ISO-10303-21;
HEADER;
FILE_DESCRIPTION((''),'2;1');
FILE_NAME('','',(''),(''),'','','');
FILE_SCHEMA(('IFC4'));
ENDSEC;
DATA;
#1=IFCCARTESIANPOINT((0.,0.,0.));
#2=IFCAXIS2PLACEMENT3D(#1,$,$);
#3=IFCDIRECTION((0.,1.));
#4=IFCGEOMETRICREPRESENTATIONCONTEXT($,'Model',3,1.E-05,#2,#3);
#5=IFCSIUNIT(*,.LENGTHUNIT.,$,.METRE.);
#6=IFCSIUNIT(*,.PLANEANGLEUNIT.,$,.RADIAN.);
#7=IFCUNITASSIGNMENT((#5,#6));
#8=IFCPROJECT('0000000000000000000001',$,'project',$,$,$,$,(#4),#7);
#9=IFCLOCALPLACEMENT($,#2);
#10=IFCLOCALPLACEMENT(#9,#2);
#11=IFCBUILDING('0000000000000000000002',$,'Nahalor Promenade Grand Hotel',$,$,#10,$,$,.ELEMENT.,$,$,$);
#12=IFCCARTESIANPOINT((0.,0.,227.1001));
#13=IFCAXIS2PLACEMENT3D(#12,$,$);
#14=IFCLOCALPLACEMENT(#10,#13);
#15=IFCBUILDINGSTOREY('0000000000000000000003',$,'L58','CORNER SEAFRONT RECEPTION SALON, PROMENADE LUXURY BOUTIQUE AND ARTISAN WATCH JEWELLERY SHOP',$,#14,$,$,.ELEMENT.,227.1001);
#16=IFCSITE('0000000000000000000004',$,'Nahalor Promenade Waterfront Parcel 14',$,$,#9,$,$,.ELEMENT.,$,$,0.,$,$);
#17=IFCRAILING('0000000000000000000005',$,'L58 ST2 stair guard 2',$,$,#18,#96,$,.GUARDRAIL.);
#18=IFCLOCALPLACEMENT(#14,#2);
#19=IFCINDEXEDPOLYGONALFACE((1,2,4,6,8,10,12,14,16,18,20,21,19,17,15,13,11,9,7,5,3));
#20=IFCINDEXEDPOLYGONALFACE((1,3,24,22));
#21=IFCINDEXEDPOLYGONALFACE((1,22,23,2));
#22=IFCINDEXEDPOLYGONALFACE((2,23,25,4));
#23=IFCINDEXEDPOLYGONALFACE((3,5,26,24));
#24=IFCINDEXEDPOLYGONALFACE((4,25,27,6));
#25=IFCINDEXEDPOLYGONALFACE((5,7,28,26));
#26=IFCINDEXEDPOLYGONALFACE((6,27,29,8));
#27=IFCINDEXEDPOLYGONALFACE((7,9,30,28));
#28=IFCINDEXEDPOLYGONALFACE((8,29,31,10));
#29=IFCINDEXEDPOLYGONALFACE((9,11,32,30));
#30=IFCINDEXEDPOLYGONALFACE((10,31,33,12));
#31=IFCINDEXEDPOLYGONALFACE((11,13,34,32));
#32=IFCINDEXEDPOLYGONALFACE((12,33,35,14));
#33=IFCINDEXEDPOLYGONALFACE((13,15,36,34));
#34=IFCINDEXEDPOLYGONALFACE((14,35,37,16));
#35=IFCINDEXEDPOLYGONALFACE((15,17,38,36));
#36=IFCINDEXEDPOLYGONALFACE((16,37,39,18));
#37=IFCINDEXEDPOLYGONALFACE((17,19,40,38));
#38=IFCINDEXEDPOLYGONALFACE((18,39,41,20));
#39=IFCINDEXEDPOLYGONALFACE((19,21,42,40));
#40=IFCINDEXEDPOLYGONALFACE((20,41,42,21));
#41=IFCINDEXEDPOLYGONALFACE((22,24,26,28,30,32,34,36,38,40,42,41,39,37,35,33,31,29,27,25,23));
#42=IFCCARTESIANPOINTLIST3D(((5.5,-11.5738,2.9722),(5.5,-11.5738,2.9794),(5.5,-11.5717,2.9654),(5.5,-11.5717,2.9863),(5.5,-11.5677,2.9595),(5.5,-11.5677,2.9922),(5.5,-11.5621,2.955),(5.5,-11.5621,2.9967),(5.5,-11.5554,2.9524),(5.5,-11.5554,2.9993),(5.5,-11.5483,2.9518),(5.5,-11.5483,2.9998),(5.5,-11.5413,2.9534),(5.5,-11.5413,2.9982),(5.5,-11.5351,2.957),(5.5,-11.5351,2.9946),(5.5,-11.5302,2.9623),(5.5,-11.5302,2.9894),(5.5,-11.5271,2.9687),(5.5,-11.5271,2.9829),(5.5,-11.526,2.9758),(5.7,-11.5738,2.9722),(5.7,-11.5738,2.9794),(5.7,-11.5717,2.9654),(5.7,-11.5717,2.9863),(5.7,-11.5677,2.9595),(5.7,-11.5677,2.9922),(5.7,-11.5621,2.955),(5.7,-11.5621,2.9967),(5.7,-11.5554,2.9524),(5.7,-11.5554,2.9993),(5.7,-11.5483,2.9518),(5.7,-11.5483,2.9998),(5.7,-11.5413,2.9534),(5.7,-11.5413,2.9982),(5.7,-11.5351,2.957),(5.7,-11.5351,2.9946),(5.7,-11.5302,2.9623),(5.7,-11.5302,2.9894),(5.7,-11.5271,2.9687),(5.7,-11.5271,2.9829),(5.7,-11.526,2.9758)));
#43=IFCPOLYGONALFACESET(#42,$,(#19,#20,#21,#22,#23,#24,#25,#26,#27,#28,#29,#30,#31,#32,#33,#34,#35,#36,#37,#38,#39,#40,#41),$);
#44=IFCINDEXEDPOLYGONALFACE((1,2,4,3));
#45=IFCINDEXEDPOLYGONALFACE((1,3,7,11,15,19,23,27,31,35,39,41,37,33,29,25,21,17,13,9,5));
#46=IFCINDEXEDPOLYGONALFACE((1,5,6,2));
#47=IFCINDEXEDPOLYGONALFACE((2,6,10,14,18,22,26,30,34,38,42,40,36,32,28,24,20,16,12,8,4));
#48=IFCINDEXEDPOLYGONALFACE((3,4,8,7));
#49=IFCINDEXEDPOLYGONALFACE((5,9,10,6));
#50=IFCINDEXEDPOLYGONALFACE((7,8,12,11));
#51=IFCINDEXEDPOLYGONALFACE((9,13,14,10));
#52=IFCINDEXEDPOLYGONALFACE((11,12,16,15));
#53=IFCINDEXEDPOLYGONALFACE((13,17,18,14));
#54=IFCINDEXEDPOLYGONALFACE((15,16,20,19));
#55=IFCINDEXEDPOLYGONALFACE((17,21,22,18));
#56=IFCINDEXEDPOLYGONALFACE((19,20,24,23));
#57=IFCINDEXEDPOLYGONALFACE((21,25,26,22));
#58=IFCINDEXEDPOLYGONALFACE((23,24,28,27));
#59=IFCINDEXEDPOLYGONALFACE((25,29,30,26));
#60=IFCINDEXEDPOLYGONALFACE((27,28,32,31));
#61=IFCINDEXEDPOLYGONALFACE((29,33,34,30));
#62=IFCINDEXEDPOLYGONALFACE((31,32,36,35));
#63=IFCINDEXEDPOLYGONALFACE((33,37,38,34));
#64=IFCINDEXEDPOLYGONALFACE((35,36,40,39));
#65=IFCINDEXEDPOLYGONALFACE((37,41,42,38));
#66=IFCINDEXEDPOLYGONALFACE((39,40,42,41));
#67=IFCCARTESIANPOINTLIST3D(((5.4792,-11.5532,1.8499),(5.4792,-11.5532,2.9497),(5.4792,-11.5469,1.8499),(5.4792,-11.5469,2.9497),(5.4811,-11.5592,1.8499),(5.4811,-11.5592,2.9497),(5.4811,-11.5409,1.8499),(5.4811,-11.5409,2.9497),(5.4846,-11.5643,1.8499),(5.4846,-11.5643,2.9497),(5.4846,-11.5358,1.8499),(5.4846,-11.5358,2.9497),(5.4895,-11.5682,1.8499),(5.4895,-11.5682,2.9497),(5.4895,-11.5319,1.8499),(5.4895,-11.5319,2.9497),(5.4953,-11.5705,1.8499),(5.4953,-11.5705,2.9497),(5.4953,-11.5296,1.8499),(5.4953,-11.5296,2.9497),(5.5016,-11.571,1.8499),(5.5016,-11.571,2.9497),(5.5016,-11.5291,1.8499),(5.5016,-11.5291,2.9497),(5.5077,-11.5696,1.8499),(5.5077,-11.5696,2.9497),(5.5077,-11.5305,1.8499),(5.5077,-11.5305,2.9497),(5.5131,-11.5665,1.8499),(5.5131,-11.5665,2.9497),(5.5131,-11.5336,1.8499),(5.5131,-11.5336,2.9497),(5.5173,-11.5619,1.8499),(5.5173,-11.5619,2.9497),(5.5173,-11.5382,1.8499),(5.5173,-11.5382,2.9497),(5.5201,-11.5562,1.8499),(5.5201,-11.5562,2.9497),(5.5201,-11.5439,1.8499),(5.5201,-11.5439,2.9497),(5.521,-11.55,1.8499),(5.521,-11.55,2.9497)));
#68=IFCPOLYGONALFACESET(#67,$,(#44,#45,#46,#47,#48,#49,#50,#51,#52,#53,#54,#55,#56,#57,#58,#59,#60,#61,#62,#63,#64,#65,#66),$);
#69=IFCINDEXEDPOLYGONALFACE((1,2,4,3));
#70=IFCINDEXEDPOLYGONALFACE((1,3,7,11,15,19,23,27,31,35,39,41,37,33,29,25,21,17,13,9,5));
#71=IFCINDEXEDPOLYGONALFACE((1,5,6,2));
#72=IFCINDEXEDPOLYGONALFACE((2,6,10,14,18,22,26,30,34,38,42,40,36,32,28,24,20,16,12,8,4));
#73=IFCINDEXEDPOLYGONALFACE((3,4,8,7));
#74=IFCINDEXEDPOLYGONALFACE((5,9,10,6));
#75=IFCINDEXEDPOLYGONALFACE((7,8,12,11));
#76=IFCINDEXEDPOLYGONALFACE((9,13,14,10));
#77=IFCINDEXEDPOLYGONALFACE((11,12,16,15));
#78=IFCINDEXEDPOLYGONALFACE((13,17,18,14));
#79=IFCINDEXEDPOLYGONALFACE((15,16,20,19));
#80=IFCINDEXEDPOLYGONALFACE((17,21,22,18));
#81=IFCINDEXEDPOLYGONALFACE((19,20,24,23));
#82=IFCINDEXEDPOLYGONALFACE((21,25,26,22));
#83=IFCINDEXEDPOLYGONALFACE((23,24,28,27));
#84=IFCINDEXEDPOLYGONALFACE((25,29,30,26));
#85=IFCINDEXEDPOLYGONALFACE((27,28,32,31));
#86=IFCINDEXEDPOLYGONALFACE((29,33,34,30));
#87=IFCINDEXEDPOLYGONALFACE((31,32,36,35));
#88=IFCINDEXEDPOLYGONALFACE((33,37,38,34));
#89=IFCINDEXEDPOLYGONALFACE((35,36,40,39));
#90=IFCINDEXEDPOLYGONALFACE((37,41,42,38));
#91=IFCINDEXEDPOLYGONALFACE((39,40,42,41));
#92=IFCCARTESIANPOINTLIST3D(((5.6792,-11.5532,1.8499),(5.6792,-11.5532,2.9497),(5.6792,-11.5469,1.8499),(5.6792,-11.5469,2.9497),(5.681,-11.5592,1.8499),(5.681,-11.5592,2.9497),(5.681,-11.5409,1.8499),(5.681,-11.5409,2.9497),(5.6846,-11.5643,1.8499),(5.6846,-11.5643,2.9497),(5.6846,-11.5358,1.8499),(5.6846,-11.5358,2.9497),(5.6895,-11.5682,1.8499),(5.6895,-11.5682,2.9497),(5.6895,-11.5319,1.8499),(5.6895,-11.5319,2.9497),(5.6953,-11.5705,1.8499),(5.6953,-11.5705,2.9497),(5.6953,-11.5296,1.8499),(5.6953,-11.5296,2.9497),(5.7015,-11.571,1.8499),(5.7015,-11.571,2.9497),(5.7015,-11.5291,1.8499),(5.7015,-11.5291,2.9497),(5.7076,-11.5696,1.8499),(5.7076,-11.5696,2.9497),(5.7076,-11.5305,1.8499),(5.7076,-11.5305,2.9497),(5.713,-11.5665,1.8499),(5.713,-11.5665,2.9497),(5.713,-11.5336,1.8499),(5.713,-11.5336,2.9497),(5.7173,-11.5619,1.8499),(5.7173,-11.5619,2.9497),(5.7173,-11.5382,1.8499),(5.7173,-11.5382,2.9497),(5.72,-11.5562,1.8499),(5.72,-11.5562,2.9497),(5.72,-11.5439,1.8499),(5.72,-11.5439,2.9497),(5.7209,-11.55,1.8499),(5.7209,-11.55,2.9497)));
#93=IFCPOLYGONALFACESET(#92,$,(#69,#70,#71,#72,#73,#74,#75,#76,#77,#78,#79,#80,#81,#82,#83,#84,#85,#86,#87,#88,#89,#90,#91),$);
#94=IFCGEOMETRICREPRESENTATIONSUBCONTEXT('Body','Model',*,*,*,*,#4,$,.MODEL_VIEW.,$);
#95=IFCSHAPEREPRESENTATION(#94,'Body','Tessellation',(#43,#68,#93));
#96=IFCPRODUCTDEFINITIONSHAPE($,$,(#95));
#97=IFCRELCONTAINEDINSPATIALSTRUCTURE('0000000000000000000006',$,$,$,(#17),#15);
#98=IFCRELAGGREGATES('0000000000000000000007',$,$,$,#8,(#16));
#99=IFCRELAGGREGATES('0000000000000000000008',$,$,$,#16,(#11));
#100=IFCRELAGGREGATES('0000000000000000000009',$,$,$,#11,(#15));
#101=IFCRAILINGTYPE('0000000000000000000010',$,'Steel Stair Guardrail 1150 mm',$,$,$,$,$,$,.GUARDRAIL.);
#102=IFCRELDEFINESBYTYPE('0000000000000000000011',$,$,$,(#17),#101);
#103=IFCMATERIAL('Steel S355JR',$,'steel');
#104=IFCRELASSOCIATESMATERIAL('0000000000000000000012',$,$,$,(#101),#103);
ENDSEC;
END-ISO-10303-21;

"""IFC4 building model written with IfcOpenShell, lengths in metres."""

from ifc_helpers import new_model, si_unit, direction, frame, origin, origin_2d, place, context, subcontext, project, spatial, circle, extrude, material, type_object, element, save


model = new_model("IFC4")

# Units and contexts
model_context = context("Model", 3, precision=1e-05, world=origin(), true_north=direction((0.0, 1.0)))
body_context = subcontext(model_context, "Body", "Model", "MODEL_VIEW")
ifc_project = project(units=[si_unit("LENGTHUNIT", "METRE"), si_unit("PLANEANGLEUNIT", "RADIAN")], contexts=[model_context])

# Site, building, storey
site_placement = place(None, origin())
site = spatial("IfcSite", under=ifc_project, at=site_placement, Name="Nahalor Promenade Waterfront Parcel 14", CompositionType="ELEMENT", RefElevation=0.0)
building_placement = place(site_placement, origin())
building = spatial("IfcBuilding", under=site, at=building_placement, Name="Nahalor Promenade Grand Hotel", CompositionType="ELEMENT")
storey_placement = place(building_placement, frame((0.0, 0.0, 227.1001)))
storey = spatial("IfcBuildingStorey", under=building, at=storey_placement, Name="L58", Description="CORNER SEAFRONT RECEPTION SALON, PROMENADE LUXURY BOUTIQUE AND ARTISAN WATCH JEWELLERY SHOP", CompositionType="ELEMENT", Elevation=227.1001)

# Shared definitions
ifc_material_1 = material(Name="Steel S355JR", Category="steel")

# Railing
railing_type_1 = type_object("IfcRailingType", Name="Steel Stair Guardrail 1150 mm", PredefinedType="GUARDRAIL", material=ifc_material_1)
railing_1_placement = place(storey_placement, frame((5.5, -11.55, 1.8499)))
element("IfcRailing", 1, at=railing_1_placement, inside=storey, type_object=railing_type_1, Name="L58 ST2 stair guard 2", PredefinedType="GUARDRAIL", context=body_context, shape_type="SweptSolid", body=[
    extrude(circle(Radius=0.024, at=origin_2d()), frame((0.0, 0.0, 1.126), z_axis=(1.0, 0.0, 0.0), x_axis=(0.0, 1.0, 0.0)), (0.0, 0.0, 1.0), 0.2),
    extrude(circle(Radius=0.021, at=origin_2d()), origin(), (0.0, 0.0, 1.0), 1.0999),
    extrude(circle(Radius=0.021, at=origin_2d()), frame((0.2, 0.0, 0.0)), (0.0, 0.0, 1.0), 1.0999),
])

save(model, "model.ifc")
